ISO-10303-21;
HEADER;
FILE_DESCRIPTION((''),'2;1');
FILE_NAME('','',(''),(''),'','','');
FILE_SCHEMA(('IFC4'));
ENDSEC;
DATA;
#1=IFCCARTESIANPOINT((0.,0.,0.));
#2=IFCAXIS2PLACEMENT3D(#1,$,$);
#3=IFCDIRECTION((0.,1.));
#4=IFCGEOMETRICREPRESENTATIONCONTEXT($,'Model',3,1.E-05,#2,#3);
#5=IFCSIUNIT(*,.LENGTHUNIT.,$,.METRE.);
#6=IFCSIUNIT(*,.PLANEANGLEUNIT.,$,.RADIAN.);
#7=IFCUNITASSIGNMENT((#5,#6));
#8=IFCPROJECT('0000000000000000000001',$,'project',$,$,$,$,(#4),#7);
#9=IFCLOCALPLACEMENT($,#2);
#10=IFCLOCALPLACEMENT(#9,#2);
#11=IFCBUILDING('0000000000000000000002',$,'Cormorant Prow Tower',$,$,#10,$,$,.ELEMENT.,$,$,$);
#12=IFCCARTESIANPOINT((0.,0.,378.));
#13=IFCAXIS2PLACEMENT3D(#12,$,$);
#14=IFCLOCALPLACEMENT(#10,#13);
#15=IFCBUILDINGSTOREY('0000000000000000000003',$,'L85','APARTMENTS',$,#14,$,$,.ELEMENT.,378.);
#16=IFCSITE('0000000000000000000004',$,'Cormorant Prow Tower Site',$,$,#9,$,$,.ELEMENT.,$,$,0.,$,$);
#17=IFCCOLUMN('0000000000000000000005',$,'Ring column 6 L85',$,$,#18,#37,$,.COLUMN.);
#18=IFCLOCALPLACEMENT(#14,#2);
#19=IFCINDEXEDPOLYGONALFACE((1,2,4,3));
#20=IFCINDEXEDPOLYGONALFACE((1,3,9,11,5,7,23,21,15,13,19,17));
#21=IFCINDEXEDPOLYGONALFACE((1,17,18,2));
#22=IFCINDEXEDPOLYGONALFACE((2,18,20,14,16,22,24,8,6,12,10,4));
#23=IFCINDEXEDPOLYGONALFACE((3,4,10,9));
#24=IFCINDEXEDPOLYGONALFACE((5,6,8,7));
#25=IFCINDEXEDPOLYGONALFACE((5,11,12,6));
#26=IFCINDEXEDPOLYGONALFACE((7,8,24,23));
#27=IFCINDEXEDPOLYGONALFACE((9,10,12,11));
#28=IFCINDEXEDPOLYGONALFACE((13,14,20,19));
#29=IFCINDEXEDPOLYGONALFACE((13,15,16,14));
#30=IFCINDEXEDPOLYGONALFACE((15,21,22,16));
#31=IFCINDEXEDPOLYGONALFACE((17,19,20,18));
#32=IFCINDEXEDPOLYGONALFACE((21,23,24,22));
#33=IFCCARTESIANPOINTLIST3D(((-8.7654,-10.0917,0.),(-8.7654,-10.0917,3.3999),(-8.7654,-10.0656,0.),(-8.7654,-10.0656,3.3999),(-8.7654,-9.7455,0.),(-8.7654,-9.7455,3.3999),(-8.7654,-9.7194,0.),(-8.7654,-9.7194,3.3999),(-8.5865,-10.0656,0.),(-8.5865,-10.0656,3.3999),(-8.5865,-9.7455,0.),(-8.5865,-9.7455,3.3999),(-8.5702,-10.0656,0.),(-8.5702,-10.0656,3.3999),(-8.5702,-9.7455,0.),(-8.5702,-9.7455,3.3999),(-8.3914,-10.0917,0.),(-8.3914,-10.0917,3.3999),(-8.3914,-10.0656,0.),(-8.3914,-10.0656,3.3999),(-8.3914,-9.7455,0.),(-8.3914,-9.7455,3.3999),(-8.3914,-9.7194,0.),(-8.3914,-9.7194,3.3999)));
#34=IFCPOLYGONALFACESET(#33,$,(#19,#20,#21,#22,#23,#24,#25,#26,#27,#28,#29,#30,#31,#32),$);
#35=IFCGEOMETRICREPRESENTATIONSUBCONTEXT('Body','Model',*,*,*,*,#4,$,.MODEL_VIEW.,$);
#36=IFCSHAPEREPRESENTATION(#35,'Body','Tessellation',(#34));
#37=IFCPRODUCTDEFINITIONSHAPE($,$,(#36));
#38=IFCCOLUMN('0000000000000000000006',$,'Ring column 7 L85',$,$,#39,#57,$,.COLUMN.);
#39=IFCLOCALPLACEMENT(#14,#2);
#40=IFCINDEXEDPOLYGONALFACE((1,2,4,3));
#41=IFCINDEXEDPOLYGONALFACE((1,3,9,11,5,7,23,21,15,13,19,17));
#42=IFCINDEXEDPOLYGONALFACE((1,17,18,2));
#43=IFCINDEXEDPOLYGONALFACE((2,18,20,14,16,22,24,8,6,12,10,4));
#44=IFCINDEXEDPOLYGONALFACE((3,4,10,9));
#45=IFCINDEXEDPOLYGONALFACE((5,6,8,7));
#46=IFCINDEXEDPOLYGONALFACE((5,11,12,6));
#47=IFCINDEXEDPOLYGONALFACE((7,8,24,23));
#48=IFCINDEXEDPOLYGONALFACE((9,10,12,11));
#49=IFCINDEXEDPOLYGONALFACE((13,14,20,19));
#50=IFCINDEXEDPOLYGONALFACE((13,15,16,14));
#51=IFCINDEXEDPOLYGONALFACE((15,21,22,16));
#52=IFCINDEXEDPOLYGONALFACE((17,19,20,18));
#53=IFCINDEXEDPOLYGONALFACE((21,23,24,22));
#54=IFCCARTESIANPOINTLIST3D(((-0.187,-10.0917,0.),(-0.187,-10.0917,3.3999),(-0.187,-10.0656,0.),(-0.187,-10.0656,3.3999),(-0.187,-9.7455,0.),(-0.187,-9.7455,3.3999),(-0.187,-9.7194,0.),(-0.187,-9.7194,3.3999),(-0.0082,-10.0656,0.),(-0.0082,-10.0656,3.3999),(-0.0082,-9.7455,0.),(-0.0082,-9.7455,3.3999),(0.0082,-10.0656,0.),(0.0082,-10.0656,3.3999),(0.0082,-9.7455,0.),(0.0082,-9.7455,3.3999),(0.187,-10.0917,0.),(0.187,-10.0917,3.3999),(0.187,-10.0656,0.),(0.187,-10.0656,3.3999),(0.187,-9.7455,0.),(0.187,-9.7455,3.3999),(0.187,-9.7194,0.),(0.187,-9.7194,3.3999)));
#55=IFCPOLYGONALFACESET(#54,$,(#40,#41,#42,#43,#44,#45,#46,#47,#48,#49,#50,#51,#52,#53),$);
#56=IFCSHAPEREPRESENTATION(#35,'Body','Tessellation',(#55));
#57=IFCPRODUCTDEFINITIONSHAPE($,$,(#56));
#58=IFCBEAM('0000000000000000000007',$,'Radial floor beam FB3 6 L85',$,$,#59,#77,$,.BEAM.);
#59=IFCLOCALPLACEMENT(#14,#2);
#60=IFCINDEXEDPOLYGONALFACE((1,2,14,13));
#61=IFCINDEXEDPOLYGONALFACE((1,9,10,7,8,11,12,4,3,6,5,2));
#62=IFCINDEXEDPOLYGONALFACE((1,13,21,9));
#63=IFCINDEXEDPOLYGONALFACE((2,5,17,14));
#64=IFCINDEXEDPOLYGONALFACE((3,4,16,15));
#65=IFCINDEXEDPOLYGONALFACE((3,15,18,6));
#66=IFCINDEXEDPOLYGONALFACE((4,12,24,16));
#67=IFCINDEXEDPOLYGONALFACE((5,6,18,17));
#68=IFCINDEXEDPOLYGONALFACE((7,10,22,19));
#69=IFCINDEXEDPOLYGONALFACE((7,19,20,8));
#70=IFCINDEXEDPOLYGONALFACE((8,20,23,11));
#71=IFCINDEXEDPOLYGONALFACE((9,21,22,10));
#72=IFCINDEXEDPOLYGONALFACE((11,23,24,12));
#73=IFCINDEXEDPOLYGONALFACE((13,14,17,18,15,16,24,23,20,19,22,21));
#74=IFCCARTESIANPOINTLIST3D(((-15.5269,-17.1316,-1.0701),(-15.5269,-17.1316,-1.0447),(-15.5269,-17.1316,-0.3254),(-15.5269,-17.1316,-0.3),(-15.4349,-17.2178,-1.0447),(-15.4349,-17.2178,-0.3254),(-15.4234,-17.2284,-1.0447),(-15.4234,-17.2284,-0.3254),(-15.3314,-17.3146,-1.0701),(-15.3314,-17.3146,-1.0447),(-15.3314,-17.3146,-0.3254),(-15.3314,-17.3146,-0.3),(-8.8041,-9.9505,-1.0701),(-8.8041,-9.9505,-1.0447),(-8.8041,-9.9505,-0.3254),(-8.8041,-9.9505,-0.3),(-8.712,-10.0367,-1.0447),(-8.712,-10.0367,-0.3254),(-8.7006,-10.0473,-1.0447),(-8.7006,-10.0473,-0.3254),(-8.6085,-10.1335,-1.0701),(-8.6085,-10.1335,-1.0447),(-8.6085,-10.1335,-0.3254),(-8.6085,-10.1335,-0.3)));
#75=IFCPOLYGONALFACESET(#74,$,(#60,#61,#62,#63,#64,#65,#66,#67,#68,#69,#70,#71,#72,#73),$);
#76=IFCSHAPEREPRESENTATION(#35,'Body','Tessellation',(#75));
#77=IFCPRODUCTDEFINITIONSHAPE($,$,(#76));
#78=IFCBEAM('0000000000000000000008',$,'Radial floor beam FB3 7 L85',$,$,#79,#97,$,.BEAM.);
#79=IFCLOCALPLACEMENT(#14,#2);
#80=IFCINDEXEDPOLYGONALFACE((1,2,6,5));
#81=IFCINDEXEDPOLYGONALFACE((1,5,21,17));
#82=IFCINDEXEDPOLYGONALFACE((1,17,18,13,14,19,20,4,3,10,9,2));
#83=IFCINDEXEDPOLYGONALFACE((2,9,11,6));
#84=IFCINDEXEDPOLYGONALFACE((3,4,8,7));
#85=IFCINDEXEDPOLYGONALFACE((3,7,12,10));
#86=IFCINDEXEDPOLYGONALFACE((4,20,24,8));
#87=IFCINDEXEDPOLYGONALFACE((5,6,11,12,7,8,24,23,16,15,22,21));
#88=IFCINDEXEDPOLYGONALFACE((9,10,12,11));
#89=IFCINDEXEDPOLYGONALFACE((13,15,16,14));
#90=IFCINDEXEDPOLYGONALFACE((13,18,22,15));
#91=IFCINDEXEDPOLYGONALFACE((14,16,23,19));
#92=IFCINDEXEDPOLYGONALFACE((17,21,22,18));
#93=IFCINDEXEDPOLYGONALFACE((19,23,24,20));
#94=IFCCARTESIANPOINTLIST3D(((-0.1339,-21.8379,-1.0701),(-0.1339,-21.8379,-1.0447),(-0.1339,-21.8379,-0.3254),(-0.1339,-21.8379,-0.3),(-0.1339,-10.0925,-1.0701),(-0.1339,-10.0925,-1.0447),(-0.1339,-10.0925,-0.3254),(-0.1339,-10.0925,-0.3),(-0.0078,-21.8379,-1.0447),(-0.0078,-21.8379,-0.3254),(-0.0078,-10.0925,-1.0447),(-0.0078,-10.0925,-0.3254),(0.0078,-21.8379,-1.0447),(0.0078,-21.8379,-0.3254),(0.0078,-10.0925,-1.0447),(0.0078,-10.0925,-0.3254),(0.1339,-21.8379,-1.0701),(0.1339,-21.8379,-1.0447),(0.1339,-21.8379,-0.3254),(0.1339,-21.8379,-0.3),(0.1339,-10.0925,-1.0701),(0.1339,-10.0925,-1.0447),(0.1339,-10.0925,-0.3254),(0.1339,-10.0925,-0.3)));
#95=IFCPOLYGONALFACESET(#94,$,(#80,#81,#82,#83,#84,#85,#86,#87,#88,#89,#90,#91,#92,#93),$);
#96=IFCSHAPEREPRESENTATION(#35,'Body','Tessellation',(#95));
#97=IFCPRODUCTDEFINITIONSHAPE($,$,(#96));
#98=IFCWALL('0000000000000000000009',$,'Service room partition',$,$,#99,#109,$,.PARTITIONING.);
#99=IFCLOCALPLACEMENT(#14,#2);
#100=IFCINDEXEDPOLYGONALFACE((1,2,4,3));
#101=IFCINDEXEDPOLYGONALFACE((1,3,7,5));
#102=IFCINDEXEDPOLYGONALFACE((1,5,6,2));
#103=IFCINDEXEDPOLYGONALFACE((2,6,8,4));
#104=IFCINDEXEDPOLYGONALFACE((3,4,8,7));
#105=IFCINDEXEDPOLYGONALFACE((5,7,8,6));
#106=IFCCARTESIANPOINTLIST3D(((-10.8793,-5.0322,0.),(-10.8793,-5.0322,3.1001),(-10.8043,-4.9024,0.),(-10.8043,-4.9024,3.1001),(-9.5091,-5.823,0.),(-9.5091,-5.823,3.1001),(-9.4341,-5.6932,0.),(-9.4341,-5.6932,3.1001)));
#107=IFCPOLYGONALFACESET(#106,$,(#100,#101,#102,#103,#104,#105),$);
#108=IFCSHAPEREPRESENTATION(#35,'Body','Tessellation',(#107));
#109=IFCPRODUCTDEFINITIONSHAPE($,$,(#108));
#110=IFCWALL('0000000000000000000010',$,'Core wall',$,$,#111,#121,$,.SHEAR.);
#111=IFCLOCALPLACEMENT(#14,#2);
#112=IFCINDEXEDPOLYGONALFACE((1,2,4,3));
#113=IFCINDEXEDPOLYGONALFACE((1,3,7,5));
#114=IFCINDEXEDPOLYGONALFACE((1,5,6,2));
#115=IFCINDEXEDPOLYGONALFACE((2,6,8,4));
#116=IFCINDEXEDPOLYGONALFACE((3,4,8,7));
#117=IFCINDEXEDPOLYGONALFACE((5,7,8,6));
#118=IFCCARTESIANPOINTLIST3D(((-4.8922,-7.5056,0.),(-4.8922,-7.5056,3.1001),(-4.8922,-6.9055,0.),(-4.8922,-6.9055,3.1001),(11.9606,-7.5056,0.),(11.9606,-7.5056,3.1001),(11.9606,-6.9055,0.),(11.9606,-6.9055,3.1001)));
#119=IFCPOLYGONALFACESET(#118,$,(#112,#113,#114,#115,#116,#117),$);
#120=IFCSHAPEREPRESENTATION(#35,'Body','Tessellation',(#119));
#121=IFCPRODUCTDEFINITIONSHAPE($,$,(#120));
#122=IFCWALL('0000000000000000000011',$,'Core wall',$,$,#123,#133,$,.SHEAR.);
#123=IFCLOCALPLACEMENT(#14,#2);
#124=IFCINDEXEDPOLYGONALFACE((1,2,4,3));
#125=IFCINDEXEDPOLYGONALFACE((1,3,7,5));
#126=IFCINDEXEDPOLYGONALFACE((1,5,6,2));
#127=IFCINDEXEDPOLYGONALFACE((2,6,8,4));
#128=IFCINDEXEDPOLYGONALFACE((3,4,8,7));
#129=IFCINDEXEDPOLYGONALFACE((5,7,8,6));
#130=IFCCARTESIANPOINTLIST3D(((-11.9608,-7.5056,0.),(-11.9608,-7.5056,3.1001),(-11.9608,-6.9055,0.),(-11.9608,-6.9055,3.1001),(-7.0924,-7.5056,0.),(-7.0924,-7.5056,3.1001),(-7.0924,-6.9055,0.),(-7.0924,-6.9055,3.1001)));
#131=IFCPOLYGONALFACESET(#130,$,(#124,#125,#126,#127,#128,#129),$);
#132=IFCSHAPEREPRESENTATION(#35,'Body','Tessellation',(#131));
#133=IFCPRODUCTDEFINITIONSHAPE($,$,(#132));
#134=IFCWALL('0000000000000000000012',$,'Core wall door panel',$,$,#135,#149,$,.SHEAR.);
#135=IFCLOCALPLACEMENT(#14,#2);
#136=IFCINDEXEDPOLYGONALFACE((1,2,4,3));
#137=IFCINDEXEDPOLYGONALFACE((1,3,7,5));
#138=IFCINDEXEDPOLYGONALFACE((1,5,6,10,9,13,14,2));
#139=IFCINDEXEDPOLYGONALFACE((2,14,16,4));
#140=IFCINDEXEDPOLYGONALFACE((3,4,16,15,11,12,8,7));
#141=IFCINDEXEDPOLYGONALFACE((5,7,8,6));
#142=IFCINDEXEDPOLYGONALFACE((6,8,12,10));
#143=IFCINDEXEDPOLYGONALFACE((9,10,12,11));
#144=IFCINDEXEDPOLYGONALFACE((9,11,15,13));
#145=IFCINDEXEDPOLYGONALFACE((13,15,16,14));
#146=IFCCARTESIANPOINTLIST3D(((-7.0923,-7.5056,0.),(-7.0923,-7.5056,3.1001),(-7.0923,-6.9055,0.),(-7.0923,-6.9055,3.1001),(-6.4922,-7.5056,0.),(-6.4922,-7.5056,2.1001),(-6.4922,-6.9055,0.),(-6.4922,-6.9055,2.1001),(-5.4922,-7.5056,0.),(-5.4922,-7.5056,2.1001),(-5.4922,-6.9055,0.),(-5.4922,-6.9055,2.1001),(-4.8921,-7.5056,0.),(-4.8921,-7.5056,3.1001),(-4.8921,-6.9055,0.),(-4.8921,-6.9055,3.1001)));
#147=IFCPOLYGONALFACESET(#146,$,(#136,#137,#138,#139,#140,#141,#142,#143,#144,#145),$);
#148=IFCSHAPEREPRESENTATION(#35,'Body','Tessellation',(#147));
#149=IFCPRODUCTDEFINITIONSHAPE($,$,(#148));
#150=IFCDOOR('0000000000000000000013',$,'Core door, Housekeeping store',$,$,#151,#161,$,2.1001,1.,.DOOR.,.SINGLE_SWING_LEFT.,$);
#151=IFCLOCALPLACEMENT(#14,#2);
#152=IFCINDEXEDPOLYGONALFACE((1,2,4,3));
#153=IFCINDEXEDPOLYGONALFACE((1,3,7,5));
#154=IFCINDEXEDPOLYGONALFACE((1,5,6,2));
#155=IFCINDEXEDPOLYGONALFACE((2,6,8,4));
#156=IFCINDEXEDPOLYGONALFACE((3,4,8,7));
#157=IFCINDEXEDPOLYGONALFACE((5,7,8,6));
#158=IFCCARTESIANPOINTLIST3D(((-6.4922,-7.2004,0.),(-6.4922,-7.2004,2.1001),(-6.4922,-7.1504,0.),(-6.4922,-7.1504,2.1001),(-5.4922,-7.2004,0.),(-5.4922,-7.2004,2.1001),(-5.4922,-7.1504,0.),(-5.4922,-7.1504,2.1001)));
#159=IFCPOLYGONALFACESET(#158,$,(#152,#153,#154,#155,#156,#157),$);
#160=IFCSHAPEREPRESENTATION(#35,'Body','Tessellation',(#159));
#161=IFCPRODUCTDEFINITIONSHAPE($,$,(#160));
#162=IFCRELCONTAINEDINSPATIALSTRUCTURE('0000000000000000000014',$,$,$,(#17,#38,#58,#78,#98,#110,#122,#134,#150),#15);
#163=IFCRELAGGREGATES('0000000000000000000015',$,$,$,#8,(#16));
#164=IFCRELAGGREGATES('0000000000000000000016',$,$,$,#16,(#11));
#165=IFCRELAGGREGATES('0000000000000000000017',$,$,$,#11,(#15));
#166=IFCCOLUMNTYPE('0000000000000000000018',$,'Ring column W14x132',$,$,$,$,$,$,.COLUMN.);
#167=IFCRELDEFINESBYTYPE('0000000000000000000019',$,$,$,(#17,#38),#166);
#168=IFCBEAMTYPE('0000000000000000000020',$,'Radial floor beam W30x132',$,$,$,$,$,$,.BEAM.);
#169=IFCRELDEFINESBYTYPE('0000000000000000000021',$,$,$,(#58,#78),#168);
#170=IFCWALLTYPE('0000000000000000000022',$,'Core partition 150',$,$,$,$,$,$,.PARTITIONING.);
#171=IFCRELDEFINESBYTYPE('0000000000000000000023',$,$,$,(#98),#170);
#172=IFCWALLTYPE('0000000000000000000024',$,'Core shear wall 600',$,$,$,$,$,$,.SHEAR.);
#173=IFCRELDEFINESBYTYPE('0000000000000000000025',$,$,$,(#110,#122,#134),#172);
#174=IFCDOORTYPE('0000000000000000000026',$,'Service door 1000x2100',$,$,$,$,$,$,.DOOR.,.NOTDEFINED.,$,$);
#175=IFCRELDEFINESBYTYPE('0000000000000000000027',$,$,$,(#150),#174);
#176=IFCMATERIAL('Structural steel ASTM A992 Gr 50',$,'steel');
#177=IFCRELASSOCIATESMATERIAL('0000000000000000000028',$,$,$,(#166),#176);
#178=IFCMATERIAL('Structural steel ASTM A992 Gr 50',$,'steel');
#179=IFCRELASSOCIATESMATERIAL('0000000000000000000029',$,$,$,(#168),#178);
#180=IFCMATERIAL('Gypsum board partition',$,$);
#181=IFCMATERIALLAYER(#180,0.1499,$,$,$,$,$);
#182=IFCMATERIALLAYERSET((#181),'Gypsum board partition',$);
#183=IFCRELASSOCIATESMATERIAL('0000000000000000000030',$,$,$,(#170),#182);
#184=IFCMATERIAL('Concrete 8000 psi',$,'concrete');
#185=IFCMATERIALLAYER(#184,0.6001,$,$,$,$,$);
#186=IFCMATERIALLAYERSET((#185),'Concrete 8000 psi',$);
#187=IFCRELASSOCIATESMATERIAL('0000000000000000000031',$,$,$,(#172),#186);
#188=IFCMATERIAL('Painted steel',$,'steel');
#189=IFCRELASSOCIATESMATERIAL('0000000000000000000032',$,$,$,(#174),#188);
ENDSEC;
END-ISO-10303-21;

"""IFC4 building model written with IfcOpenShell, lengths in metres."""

from ifc_helpers import new_model, si_unit, direction, frame, frame_2d, origin, origin_2d, place, context, subcontext, project, spatial, rectangle, i_section, extrude, material, layer, layer_set, material_profile, profile_set, type_object, element, fill, save


model = new_model("IFC4")

# Units and contexts
model_context = context("Model", 3, precision=1e-05, world=origin(), true_north=direction((0.0, 1.0)))
body_context = subcontext(model_context, "Body", "Model", "MODEL_VIEW")
ifc_project = project(units=[si_unit("LENGTHUNIT", "METRE"), si_unit("PLANEANGLEUNIT", "RADIAN")], contexts=[model_context])

# Site, building, storey
site_placement = place(None, origin())
site = spatial("IfcSite", under=ifc_project, at=site_placement, Name="Cormorant Prow Tower Site", CompositionType="ELEMENT", RefElevation=0.0)
building_placement = place(site_placement, origin())
building = spatial("IfcBuilding", under=site, at=building_placement, Name="Cormorant Prow Tower", CompositionType="ELEMENT")
storey_placement = place(building_placement, frame((0.0, 0.0, 378.0)))
storey = spatial("IfcBuildingStorey", under=building, at=storey_placement, Name="L85", Description="APARTMENTS", CompositionType="ELEMENT", Elevation=378.0)

# Columns
ifc_material_1 = material(Name="Structural steel ASTM A992 Gr 50", Category="steel")
ifc_material_profile_1 = material_profile(ifc_material_1, i_section(OverallWidth=0.374, OverallDepth=0.3723, WebThickness=0.0164, FlangeThickness=0.0261, at=origin_2d()), Name="W14x132")
ifc_profile_set_1 = profile_set([ifc_material_profile_1], Name="Structural steel ASTM A992 Gr 50")
column_type = type_object("IfcColumnType", Name="Ring column W14x132", PredefinedType="COLUMN", material=ifc_profile_set_1)
for number, where, z_axis, x_axis, name in (
    (1, (-8.5784, -9.9055, 0.0), (0.0, 0.0, 1.0), (1.0, 0.0, 0.0), "Ring column 6 L85"),
    (2, (0.0, -9.9055, 0.0), (0.0, 0.0, 1.0), (1.0, 0.0, 0.0), "Ring column 7 L85"),
):
    element("IfcColumn", number, at=place(storey_placement, frame(where, z_axis=z_axis, x_axis=x_axis)), inside=storey, type_object=column_type, Name=name, PredefinedType="COLUMN", context=body_context, shape_type="SweptSolid", body=[
        extrude(i_section(OverallWidth=0.374, OverallDepth=0.3723, WebThickness=0.0164, FlangeThickness=0.0261, at=origin_2d()), origin(), (0.0, 0.0, 1.0), 3.3999),
    ])

# Beams
ifc_material_2 = material(Name="Structural steel ASTM A992 Gr 50", Category="steel")
ifc_material_profile_2 = material_profile(ifc_material_2, i_section(OverallWidth=0.2678, OverallDepth=0.77, WebThickness=0.0156, FlangeThickness=0.0254, at=origin_2d()), Name="W30x132")
ifc_profile_set_2 = profile_set([ifc_material_profile_2], Name="Structural steel ASTM A992 Gr 50")
beam_type = type_object("IfcBeamType", Name="Radial floor beam W30x132", PredefinedType="BEAM", material=ifc_profile_set_2)
beam_1_placement = place(storey_placement, frame((-8.7063, -10.042, -0.6851), z_axis=(-0.683431, -0.730015, 0.0), x_axis=(0.730015, -0.683431, 0.0)))
element("IfcBeam", 3, at=beam_1_placement, inside=storey, type_object=beam_type, Name="Radial floor beam FB3 6 L85", PredefinedType="BEAM", context=body_context, shape_type="SweptSolid", body=[
    extrude(i_section(OverallWidth=0.2678, OverallDepth=0.77, WebThickness=0.0156, FlangeThickness=0.0254, at=origin_2d()), origin(), (0.0, 0.0, 1.0), 9.8369),
])
beam_2_placement = place(storey_placement, frame((0.0, -10.0925, -0.6851), z_axis=(0.0, -1.0, 0.0), x_axis=(1.0, 0.0, 0.0)))
element("IfcBeam", 4, at=beam_2_placement, inside=storey, type_object=beam_type, Name="Radial floor beam FB3 7 L85", PredefinedType="BEAM", context=body_context, shape_type="SweptSolid", body=[
    extrude(i_section(OverallWidth=0.2678, OverallDepth=0.77, WebThickness=0.0156, FlangeThickness=0.0254, at=origin_2d()), origin(), (0.0, 0.0, 1.0), 11.7454),
])

# Walls
ifc_material_3 = material(Name="Gypsum board partition")
ifc_layer_1 = layer(ifc_material_3, 0.1499)
ifc_layer_set_1 = layer_set([ifc_layer_1], Name="Gypsum board partition")
wall_type_1 = type_object("IfcWallType", Name="Core partition 150", PredefinedType="PARTITIONING", material=ifc_layer_set_1)
wall_1_placement = place(storey_placement, frame((-10.8418, -4.9673, 0.0), z_axis=(0.0, 0.0, 1.0), x_axis=(0.866098, -0.499874, 0.0)))
element("IfcWall", 5, at=wall_1_placement, inside=storey, type_object=wall_type_1, Name="Service room partition", PredefinedType="PARTITIONING", context=body_context, shape_type="SweptSolid", body=[
    extrude(rectangle(XDim=1.582, YDim=0.1499, at=frame_2d((0.791, 0.0))), origin(), (0.0, 0.0, 1.0), 3.1001),
])
ifc_material_4 = material(Name="Concrete 8000 psi", Category="concrete")
ifc_layer_2 = layer(ifc_material_4, 0.6001)
ifc_layer_set_2 = layer_set([ifc_layer_2], Name="Concrete 8000 psi")
wall_type_2 = type_object("IfcWallType", Name="Core shear wall 600", PredefinedType="SHEAR", material=ifc_layer_set_2)
wall_2_placement = place(storey_placement, frame((-4.8921, -7.2056, 0.0), z_axis=(0.0, 0.0, 1.0), x_axis=(1.0, 0.0, 0.0)))
element("IfcWall", 6, at=wall_2_placement, inside=storey, type_object=wall_type_2, Name="Core wall", PredefinedType="SHEAR", context=body_context, shape_type="SweptSolid", body=[
    extrude(rectangle(XDim=16.8528, YDim=0.6001, at=frame_2d((8.4263, 0.0))), origin(), (0.0, 0.0, 1.0), 3.1001),
])
wall_3_placement = place(storey_placement, frame((-11.9607, -7.2056, 0.0), z_axis=(0.0, 0.0, 1.0), x_axis=(1.0, 0.0, 0.0)))
element("IfcWall", 7, at=wall_3_placement, inside=storey, type_object=wall_type_2, Name="Core wall", PredefinedType="SHEAR", context=body_context, shape_type="SweptSolid", body=[
    extrude(rectangle(XDim=4.8684, YDim=0.6001, at=frame_2d((2.4341, 0.0))), origin(), (0.0, 0.0, 1.0), 3.1001),
])

# Wall, opening, door
wall_4_placement = place(storey_placement, frame((-7.0923, -7.2056, 0.0), z_axis=(0.0, 0.0, 1.0), x_axis=(1.0, 0.0, 0.0)))
wall_4 = element("IfcWall", 8, at=wall_4_placement, inside=storey, type_object=wall_type_2, Name="Core wall door panel", PredefinedType="SHEAR", context=body_context, shape_type="SweptSolid", body=[
    extrude(rectangle(XDim=2.2002, YDim=0.6001, at=frame_2d((1.1001, 0.0))), origin(), (0.0, 0.0, 1.0), 3.1001),
])
opening_1_placement = place(wall_4_placement, frame((0.6001, 0.0, 0.0)))
opening_1 = element("IfcOpeningElement", 9, at=opening_1_placement, cuts=wall_4, PredefinedType="OPENING", context=body_context, shape_type="SweptSolid", body=[
    extrude(rectangle(XDim=1.0, YDim=2.1001, at=frame_2d((0.5, 1.05))), frame((0.0, 0.3101, 0.0), z_axis=(0.0, -1.0, 0.0), x_axis=(1.0, 0.0, 0.0)), (0.0, 0.0, 1.0), 0.6201),
])
ifc_material_5 = material(Name="Painted steel", Category="steel")
door_type_1 = type_object("IfcDoorType", Name="Service door 1000x2100", OperationType="NOTDEFINED", PredefinedType="DOOR", material=ifc_material_5)
door_1_placement = place(opening_1_placement, origin())
door_1 = element("IfcDoor", 10, at=door_1_placement, inside=storey, type_object=door_type_1, Name="Core door, Housekeeping store", OperationType="SINGLE_SWING_LEFT", OverallHeight=2.1001, OverallWidth=1.0, PredefinedType="DOOR", context=body_context, shape_type="SweptSolid", body=[
    extrude(rectangle(XDim=1.0, YDim=2.1001, at=frame_2d((0.5, 1.05))), frame((0.0, 0.0552, 0.0), z_axis=(0.0, -1.0, 0.0), x_axis=(1.0, 0.0, 0.0)), (0.0, 0.0, 1.0), 0.05),
])
fill(opening_1, door_1)

save(model, "model.ifc")
